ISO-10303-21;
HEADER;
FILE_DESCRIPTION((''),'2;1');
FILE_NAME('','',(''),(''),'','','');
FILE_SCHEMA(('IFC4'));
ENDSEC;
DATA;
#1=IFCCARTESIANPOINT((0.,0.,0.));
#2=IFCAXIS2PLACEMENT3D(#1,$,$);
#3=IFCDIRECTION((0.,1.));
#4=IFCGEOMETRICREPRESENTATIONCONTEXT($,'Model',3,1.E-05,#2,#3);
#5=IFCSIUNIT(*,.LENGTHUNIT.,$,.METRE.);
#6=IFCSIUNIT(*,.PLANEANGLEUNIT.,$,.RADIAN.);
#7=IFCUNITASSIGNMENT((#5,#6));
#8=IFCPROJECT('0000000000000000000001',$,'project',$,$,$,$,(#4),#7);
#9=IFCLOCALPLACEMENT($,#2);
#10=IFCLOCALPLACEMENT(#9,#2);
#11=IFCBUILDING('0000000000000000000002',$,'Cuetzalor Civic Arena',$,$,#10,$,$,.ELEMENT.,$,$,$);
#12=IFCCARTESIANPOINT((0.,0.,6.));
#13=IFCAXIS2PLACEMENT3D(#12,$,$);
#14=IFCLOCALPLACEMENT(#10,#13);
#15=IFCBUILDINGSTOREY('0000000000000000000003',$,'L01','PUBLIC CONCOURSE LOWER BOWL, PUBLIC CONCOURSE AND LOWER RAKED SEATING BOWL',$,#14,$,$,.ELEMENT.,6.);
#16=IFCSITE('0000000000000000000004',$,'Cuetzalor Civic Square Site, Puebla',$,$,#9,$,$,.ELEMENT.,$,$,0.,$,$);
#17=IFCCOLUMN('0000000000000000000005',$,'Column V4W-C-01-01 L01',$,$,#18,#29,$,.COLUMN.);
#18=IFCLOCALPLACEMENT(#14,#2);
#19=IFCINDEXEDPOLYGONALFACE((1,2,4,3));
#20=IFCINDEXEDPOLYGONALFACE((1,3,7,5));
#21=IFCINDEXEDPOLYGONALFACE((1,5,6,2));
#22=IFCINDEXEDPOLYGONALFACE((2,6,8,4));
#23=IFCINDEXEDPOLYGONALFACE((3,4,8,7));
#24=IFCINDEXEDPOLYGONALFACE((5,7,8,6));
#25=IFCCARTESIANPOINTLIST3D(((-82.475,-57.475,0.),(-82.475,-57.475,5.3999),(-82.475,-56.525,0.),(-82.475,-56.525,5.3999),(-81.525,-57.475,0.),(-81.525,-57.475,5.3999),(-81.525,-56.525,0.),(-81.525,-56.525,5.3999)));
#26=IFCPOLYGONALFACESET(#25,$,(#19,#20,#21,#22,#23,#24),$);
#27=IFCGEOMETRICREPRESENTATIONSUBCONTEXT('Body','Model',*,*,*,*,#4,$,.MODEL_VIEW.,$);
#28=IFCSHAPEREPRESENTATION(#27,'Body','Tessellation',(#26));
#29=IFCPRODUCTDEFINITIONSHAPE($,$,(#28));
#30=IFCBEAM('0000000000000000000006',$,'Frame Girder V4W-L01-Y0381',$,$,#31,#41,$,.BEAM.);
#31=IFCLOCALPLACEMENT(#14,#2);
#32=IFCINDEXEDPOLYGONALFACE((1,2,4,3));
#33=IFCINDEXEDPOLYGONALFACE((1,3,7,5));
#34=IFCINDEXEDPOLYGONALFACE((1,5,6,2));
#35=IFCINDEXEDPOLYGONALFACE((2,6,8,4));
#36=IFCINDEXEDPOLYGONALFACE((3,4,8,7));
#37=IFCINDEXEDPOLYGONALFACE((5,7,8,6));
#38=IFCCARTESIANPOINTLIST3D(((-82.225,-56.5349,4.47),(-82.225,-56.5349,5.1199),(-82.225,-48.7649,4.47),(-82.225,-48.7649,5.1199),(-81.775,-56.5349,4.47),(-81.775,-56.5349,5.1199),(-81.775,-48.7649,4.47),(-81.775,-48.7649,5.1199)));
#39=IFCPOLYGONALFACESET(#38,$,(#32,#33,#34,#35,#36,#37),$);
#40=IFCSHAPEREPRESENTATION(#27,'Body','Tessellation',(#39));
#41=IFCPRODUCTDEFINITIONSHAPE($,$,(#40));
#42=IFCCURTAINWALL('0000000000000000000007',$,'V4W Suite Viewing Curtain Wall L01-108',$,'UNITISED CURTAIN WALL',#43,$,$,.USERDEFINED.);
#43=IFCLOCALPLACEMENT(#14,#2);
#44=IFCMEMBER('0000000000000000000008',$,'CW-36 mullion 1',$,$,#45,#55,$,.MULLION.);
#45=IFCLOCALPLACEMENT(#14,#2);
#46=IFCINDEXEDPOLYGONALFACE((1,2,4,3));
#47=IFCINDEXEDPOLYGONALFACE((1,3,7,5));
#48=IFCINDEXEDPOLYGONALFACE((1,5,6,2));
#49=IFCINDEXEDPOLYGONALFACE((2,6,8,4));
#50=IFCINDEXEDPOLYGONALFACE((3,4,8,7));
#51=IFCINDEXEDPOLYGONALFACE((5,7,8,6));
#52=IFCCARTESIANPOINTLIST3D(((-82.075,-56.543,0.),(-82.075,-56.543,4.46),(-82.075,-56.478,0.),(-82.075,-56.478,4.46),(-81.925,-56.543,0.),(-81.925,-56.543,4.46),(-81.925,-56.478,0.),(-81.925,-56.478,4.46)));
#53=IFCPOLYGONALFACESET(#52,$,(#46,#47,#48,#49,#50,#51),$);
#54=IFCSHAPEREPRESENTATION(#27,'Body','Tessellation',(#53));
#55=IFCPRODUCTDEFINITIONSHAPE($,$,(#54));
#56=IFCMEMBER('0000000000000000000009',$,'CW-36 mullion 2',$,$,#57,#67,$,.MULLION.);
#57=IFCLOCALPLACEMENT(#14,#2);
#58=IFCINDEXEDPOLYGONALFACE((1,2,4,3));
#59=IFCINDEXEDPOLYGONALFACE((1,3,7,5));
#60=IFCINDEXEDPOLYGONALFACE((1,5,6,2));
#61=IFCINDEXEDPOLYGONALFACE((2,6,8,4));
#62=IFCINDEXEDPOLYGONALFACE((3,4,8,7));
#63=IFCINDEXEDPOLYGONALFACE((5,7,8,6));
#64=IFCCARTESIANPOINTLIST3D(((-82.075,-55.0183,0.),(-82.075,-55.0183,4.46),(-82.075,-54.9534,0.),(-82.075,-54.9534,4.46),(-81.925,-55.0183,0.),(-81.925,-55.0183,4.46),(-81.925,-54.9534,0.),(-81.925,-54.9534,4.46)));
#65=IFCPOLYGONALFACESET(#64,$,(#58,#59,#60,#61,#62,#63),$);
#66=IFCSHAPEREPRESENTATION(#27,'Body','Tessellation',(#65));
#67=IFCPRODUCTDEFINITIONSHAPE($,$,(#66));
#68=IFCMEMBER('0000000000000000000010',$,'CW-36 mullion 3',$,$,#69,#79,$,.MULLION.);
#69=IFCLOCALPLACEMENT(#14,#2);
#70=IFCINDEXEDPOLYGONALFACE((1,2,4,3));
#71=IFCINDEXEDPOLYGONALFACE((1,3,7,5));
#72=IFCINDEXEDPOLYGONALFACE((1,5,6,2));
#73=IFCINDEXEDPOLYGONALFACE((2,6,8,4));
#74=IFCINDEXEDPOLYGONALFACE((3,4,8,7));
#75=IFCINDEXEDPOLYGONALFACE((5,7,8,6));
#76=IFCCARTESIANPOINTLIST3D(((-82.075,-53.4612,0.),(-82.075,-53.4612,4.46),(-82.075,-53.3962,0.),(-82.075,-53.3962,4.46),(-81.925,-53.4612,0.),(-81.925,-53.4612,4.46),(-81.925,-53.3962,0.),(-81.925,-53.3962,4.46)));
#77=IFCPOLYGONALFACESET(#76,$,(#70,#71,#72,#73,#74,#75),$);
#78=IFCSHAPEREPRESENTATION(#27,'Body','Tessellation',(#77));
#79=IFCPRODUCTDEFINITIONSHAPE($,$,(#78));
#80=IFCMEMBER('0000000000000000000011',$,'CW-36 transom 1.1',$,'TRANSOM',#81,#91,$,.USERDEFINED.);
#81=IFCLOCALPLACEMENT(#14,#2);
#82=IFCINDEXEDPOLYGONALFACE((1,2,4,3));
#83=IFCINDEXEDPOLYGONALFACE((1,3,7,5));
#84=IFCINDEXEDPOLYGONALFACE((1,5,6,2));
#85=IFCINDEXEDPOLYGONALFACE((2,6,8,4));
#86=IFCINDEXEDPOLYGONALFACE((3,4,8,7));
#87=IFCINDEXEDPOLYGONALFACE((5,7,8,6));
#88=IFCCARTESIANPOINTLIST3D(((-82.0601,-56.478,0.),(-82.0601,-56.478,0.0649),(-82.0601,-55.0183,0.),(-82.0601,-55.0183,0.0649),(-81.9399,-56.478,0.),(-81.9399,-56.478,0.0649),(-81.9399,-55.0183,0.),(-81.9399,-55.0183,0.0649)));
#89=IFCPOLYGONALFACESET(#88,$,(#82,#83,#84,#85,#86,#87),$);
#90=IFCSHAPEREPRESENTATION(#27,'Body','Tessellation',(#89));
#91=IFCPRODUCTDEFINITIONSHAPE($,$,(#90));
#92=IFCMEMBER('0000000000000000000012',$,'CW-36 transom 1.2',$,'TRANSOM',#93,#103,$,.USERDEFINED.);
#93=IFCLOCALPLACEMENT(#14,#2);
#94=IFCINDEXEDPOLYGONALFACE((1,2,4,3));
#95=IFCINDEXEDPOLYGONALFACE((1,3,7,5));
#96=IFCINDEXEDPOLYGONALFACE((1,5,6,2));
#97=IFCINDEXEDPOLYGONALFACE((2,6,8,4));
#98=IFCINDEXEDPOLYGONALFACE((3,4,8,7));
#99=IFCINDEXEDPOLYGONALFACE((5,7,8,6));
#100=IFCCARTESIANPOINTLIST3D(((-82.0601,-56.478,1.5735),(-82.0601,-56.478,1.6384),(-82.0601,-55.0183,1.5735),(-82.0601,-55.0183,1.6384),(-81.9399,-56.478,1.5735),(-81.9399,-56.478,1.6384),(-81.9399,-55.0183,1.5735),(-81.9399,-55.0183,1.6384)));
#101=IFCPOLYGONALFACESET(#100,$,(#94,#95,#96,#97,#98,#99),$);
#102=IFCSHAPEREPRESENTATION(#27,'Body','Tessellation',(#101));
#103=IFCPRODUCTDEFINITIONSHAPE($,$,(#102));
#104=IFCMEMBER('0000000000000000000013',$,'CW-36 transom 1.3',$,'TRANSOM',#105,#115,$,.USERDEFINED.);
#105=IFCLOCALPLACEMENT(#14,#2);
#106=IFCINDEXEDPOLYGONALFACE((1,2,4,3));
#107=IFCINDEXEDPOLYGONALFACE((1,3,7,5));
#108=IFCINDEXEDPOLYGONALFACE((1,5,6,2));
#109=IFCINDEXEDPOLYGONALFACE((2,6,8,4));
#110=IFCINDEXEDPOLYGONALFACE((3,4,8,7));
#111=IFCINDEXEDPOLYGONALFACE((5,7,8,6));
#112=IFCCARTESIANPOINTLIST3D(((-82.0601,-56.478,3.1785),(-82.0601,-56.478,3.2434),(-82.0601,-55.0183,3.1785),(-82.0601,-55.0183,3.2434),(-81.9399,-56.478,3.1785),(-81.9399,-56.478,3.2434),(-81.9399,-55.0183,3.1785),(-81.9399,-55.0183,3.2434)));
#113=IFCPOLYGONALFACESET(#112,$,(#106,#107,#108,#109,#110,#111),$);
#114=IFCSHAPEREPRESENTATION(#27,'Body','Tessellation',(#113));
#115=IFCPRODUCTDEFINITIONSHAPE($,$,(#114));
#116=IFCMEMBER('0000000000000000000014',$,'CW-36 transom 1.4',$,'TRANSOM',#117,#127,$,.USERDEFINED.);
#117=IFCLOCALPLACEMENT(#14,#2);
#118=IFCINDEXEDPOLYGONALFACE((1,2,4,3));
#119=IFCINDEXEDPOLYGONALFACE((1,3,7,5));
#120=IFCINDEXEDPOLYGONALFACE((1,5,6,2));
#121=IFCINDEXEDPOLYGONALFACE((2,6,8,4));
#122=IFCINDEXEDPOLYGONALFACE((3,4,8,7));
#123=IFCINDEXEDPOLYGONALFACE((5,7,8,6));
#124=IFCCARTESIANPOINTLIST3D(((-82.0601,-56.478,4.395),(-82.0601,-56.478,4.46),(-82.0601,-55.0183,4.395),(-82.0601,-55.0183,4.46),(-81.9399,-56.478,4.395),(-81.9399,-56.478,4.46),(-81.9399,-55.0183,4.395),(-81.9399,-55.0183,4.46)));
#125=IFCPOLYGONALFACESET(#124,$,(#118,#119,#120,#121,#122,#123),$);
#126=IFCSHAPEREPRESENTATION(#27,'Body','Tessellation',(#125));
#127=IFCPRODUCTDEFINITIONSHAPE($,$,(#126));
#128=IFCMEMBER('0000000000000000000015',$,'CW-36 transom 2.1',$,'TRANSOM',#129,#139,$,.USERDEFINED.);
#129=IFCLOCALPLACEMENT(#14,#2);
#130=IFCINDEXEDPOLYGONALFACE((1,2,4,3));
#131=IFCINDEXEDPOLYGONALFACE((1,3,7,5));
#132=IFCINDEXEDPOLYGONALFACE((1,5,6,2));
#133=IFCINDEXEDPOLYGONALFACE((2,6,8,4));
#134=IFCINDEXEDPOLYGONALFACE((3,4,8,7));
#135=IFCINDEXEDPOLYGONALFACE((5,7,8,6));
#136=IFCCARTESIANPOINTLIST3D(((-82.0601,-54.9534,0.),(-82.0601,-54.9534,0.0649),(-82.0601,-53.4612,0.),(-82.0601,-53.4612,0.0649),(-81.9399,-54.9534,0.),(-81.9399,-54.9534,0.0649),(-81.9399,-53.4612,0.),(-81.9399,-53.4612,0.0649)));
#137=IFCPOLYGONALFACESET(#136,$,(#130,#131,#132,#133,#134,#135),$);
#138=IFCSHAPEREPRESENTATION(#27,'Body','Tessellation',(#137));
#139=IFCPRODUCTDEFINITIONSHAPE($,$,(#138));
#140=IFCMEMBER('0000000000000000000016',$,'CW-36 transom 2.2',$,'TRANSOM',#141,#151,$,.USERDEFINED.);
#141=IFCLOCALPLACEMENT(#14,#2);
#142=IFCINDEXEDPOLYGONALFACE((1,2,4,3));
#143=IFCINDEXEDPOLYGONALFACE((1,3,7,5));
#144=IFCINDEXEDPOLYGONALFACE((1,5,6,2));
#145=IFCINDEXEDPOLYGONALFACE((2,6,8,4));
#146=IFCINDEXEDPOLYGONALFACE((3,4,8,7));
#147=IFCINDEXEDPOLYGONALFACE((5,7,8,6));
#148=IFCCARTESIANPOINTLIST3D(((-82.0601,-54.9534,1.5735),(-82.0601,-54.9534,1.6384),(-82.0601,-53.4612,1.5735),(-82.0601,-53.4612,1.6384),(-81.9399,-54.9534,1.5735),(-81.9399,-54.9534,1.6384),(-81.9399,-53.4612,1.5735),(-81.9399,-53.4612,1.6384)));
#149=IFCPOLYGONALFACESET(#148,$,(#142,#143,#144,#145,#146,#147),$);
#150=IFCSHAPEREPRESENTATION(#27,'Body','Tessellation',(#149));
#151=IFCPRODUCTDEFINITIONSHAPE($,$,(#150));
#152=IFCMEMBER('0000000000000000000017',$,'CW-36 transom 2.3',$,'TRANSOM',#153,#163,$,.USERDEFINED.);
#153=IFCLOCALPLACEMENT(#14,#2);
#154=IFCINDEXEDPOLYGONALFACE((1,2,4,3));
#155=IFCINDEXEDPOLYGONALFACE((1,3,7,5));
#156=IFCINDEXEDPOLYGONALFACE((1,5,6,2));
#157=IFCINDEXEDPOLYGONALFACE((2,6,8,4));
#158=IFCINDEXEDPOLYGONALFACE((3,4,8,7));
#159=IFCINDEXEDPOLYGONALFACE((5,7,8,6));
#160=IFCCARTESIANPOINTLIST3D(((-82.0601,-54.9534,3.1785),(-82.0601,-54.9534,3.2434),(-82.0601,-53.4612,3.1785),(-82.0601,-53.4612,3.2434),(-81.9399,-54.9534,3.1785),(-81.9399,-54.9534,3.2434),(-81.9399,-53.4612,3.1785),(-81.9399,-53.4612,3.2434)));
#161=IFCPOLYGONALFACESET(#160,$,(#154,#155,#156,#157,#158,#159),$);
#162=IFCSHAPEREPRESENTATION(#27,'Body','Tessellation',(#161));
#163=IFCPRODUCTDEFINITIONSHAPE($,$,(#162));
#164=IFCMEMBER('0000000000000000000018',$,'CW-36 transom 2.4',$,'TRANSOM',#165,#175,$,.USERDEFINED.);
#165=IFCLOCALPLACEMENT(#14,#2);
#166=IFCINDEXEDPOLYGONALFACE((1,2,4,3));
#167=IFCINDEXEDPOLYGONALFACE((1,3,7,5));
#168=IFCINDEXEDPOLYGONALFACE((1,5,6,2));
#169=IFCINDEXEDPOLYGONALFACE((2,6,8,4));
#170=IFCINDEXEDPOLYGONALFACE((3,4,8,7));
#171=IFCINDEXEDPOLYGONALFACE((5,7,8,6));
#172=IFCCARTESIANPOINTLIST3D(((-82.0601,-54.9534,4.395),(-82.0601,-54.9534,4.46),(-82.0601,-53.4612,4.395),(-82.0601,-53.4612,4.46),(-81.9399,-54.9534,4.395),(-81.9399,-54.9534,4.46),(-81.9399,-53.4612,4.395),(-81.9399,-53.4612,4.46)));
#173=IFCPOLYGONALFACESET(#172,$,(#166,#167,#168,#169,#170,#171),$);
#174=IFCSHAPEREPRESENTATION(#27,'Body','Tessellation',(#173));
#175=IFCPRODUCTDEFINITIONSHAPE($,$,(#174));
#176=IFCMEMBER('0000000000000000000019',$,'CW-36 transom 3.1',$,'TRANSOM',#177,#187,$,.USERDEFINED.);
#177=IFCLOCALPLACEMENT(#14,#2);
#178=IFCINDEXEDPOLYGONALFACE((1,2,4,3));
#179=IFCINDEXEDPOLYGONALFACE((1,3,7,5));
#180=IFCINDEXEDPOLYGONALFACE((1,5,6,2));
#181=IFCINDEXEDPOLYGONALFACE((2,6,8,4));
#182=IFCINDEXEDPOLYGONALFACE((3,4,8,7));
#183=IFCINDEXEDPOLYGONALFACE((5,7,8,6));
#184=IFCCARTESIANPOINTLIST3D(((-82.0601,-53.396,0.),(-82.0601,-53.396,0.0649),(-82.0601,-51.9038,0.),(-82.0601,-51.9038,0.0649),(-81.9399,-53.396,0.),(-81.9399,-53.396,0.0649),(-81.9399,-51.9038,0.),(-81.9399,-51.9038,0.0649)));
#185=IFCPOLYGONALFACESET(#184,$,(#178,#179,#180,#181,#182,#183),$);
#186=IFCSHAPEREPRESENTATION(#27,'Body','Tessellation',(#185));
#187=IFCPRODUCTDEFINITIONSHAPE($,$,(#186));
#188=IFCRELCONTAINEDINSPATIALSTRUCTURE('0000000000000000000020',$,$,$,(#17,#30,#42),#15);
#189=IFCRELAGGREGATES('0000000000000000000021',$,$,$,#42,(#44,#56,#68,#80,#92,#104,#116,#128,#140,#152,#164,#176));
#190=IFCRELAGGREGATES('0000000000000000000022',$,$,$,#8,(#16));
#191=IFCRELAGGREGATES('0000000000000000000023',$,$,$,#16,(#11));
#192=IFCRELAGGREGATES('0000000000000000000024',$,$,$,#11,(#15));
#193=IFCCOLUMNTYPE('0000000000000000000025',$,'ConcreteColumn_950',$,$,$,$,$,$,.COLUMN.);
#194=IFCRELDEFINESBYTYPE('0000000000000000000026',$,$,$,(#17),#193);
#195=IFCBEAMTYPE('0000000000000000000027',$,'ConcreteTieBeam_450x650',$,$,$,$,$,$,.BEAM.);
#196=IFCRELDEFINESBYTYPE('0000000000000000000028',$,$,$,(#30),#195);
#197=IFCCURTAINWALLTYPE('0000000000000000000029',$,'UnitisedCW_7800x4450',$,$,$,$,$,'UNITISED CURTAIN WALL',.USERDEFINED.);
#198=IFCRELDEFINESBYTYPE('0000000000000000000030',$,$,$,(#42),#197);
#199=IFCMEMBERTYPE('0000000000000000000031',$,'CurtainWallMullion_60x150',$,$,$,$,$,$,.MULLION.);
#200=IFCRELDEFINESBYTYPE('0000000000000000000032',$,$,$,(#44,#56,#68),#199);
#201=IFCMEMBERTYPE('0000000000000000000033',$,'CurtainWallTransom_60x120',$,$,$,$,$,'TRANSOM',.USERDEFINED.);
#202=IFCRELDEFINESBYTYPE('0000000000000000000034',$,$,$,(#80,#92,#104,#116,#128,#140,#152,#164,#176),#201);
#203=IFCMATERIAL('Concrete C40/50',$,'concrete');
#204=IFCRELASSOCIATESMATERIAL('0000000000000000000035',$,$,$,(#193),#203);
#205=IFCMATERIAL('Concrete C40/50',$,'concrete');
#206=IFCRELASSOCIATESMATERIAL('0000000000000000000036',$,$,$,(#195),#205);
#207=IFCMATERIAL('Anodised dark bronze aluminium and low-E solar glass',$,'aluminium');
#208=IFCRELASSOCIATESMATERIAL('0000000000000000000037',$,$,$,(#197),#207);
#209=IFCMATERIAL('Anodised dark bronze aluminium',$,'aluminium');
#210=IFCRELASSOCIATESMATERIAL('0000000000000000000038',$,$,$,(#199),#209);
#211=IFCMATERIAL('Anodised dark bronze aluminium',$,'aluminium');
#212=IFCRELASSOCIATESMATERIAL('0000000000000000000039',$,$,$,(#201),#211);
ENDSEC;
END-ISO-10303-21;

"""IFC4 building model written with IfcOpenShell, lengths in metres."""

from ifc_helpers import new_model, si_unit, direction, frame, origin, origin_2d, place, context, subcontext, project, spatial, rectangle, extrude, material, material_profile, profile_set, type_object, element, aggregate, save


model = new_model("IFC4")

# Units and contexts
model_context = context("Model", 3, precision=1e-05, world=origin(), true_north=direction((0.0, 1.0)))
body_context = subcontext(model_context, "Body", "Model", "MODEL_VIEW")
ifc_project = project(units=[si_unit("LENGTHUNIT", "METRE"), si_unit("PLANEANGLEUNIT", "RADIAN")], contexts=[model_context])

# Site, building, storey
site_placement = place(None, origin())
site = spatial("IfcSite", under=ifc_project, at=site_placement, Name="Cuetzalor Civic Square Site, Puebla", CompositionType="ELEMENT", RefElevation=0.0)
building_placement = place(site_placement, origin())
building = spatial("IfcBuilding", under=site, at=building_placement, Name="Cuetzalor Civic Arena", CompositionType="ELEMENT")
storey_placement = place(building_placement, frame((0.0, 0.0, 6.0)))
storey = spatial("IfcBuildingStorey", under=building, at=storey_placement, Name="L01", Description="PUBLIC CONCOURSE LOWER BOWL, PUBLIC CONCOURSE AND LOWER RAKED SEATING BOWL", CompositionType="ELEMENT", Elevation=6.0)

# Column
ifc_material_1 = material(Name="Concrete C40/50", Category="concrete")
ifc_material_profile_1 = material_profile(ifc_material_1, rectangle(XDim=0.95, YDim=0.95, at=origin_2d()), Name="RC 950x950")
ifc_profile_set_1 = profile_set([ifc_material_profile_1], Name="Concrete C40/50")
column_type = type_object("IfcColumnType", Name="ConcreteColumn_950", PredefinedType="COLUMN", material=ifc_profile_set_1)
column_placement = place(storey_placement, frame((-82.0, -57.0, 0.0), z_axis=(0.0, 0.0, 1.0), x_axis=(1.0, 0.0, 0.0)))
element("IfcColumn", 1, at=column_placement, inside=storey, type_object=column_type, Name="Column V4W-C-01-01 L01", PredefinedType="COLUMN", context=body_context, shape_type="SweptSolid", body=[
    extrude(rectangle(XDim=0.95, YDim=0.95, at=origin_2d()), origin(), (0.0, 0.0, 1.0), 5.3999),
])

# Beam
ifc_material_2 = material(Name="Concrete C40/50", Category="concrete")
ifc_material_profile_2 = material_profile(ifc_material_2, rectangle(XDim=0.45, YDim=0.6499, at=origin_2d()), Name="RC 450x650")
ifc_profile_set_2 = profile_set([ifc_material_profile_2], Name="Concrete C40/50")
beam_type = type_object("IfcBeamType", Name="ConcreteTieBeam_450x650", PredefinedType="BEAM", material=ifc_profile_set_2)
beam_placement = place(storey_placement, frame((-82.0, -56.5349, 4.7949), z_axis=(0.0, 1.0, 0.0), x_axis=(-1.0, 0.0, 0.0)))
element("IfcBeam", 2, at=beam_placement, inside=storey, type_object=beam_type, Name="Frame Girder V4W-L01-Y0381", PredefinedType="BEAM", context=body_context, shape_type="SweptSolid", body=[
    extrude(rectangle(XDim=0.45, YDim=0.6499, at=origin_2d()), origin(), (0.0, 0.0, 1.0), 7.77),
])

# Curtain wall, members
ifc_material_3 = material(Name="Anodised dark bronze aluminium and low-E solar glass", Category="aluminium")
curtain_wall_type = type_object("IfcCurtainWallType", Name="UnitisedCW_7800x4450", ElementType="UNITISED CURTAIN WALL", PredefinedType="USERDEFINED", material=ifc_material_3)
curtain_wall_placement = place(storey_placement, origin())
curtain_wall = element("IfcCurtainWall", 3, at=curtain_wall_placement, inside=storey, type_object=curtain_wall_type, Name="V4W Suite Viewing Curtain Wall L01-108", ObjectType="UNITISED CURTAIN WALL", PredefinedType="USERDEFINED")
ifc_material_4 = material(Name="Anodised dark bronze aluminium", Category="aluminium")
ifc_material_profile_3 = material_profile(ifc_material_4, rectangle(XDim=0.0649, YDim=0.1499, at=origin_2d()), Name="ALU MULLION 65x150")
ifc_profile_set_3 = profile_set([ifc_material_profile_3], Name="Anodised dark bronze aluminium")
member_type_1 = type_object("IfcMemberType", Name="CurtainWallMullion_60x150", PredefinedType="MULLION", material=ifc_profile_set_3)
member_1_placement = place(storey_placement, frame((-82.0, -56.5105, 0.0), z_axis=(0.0, 0.0, 1.0), x_axis=(0.0, 1.0, 0.0)))
member_1 = element("IfcMember", 4, at=member_1_placement, type_object=member_type_1, Name="CW-36 mullion 1", PredefinedType="MULLION", context=body_context, shape_type="SweptSolid", body=[
    extrude(rectangle(XDim=0.0649, YDim=0.1499, at=origin_2d()), origin(), (0.0, 0.0, 1.0), 4.46),
])
member_2_placement = place(storey_placement, frame((-82.0, -54.9858, 0.0), z_axis=(0.0, 0.0, 1.0), x_axis=(0.0, 1.0, 0.0)))
member_2 = element("IfcMember", 5, at=member_2_placement, type_object=member_type_1, Name="CW-36 mullion 2", PredefinedType="MULLION", context=body_context, shape_type="SweptSolid", body=[
    extrude(rectangle(XDim=0.0649, YDim=0.1499, at=origin_2d()), origin(), (0.0, 0.0, 1.0), 4.46),
])
member_3_placement = place(storey_placement, frame((-82.0, -53.4287, 0.0), z_axis=(0.0, 0.0, 1.0), x_axis=(0.0, 1.0, 0.0)))
member_3 = element("IfcMember", 6, at=member_3_placement, type_object=member_type_1, Name="CW-36 mullion 3", PredefinedType="MULLION", context=body_context, shape_type="SweptSolid", body=[
    extrude(rectangle(XDim=0.0649, YDim=0.1499, at=origin_2d()), origin(), (0.0, 0.0, 1.0), 4.46),
])
ifc_material_5 = material(Name="Anodised dark bronze aluminium", Category="aluminium")
ifc_material_profile_4 = material_profile(ifc_material_5, rectangle(XDim=0.1201, YDim=0.0649, at=origin_2d()), Name="ALU TRANSOM 65x120")
ifc_profile_set_4 = profile_set([ifc_material_profile_4], Name="Anodised dark bronze aluminium")
member_type_2 = type_object("IfcMemberType", Name="CurtainWallTransom_60x120", ElementType="TRANSOM", PredefinedType="USERDEFINED", material=ifc_profile_set_4)
member_4_placement = place(storey_placement, frame((-82.0, -56.478, 0.0325), z_axis=(0.0, 1.0, 0.0), x_axis=(-1.0, 0.0, 0.0)))
member_4 = element("IfcMember", 7, at=member_4_placement, type_object=member_type_2, Name="CW-36 transom 1.1", ObjectType="TRANSOM", PredefinedType="USERDEFINED", context=body_context, shape_type="SweptSolid", body=[
    extrude(rectangle(XDim=0.1201, YDim=0.0649, at=origin_2d()), origin(), (0.0, 0.0, 1.0), 1.4597),
])
member_5_placement = place(storey_placement, frame((-82.0, -56.478, 1.606), z_axis=(0.0, 1.0, 0.0), x_axis=(-1.0, 0.0, 0.0)))
member_5 = element("IfcMember", 8, at=member_5_placement, type_object=member_type_2, Name="CW-36 transom 1.2", ObjectType="TRANSOM", PredefinedType="USERDEFINED", context=body_context, shape_type="SweptSolid", body=[
    extrude(rectangle(XDim=0.1201, YDim=0.0649, at=origin_2d()), origin(), (0.0, 0.0, 1.0), 1.4597),
])
member_6_placement = place(storey_placement, frame((-82.0, -56.478, 3.2109), z_axis=(0.0, 1.0, 0.0), x_axis=(-1.0, 0.0, 0.0)))
member_6 = element("IfcMember", 9, at=member_6_placement, type_object=member_type_2, Name="CW-36 transom 1.3", ObjectType="TRANSOM", PredefinedType="USERDEFINED", context=body_context, shape_type="SweptSolid", body=[
    extrude(rectangle(XDim=0.1201, YDim=0.0649, at=origin_2d()), origin(), (0.0, 0.0, 1.0), 1.4597),
])
member_7_placement = place(storey_placement, frame((-82.0, -56.478, 4.4275), z_axis=(0.0, 1.0, 0.0), x_axis=(-1.0, 0.0, 0.0)))
member_7 = element("IfcMember", 10, at=member_7_placement, type_object=member_type_2, Name="CW-36 transom 1.4", ObjectType="TRANSOM", PredefinedType="USERDEFINED", context=body_context, shape_type="SweptSolid", body=[
    extrude(rectangle(XDim=0.1201, YDim=0.0649, at=origin_2d()), origin(), (0.0, 0.0, 1.0), 1.4597),
])
member_8_placement = place(storey_placement, frame((-82.0, -54.9534, 0.0325), z_axis=(0.0, 1.0, 0.0), x_axis=(-1.0, 0.0, 0.0)))
member_8 = element("IfcMember", 11, at=member_8_placement, type_object=member_type_2, Name="CW-36 transom 2.1", ObjectType="TRANSOM", PredefinedType="USERDEFINED", context=body_context, shape_type="SweptSolid", body=[
    extrude(rectangle(XDim=0.1201, YDim=0.0649, at=origin_2d()), origin(), (0.0, 0.0, 1.0), 1.4922),
])
member_9_placement = place(storey_placement, frame((-82.0, -54.9534, 1.606), z_axis=(0.0, 1.0, 0.0), x_axis=(-1.0, 0.0, 0.0)))
member_9 = element("IfcMember", 12, at=member_9_placement, type_object=member_type_2, Name="CW-36 transom 2.2", ObjectType="TRANSOM", PredefinedType="USERDEFINED", context=body_context, shape_type="SweptSolid", body=[
    extrude(rectangle(XDim=0.1201, YDim=0.0649, at=origin_2d()), origin(), (0.0, 0.0, 1.0), 1.4922),
])
member_10_placement = place(storey_placement, frame((-82.0, -54.9534, 3.2109), z_axis=(0.0, 1.0, 0.0), x_axis=(-1.0, 0.0, 0.0)))
member_10 = element("IfcMember", 13, at=member_10_placement, type_object=member_type_2, Name="CW-36 transom 2.3", ObjectType="TRANSOM", PredefinedType="USERDEFINED", context=body_context, shape_type="SweptSolid", body=[
    extrude(rectangle(XDim=0.1201, YDim=0.0649, at=origin_2d()), origin(), (0.0, 0.0, 1.0), 1.4922),
])
member_11_placement = place(storey_placement, frame((-82.0, -54.9534, 4.4275), z_axis=(0.0, 1.0, 0.0), x_axis=(-1.0, 0.0, 0.0)))
member_11 = element("IfcMember", 14, at=member_11_placement, type_object=member_type_2, Name="CW-36 transom 2.4", ObjectType="TRANSOM", PredefinedType="USERDEFINED", context=body_context, shape_type="SweptSolid", body=[
    extrude(rectangle(XDim=0.1201, YDim=0.0649, at=origin_2d()), origin(), (0.0, 0.0, 1.0), 1.4922),
])
member_12_placement = place(storey_placement, frame((-82.0, -53.396, 0.0325), z_axis=(0.0, 1.0, 0.0), x_axis=(-1.0, 0.0, 0.0)))
member_12 = element("IfcMember", 15, at=member_12_placement, type_object=member_type_2, Name="CW-36 transom 3.1", ObjectType="TRANSOM", PredefinedType="USERDEFINED", context=body_context, shape_type="SweptSolid", body=[
    extrude(rectangle(XDim=0.1201, YDim=0.0649, at=origin_2d()), origin(), (0.0, 0.0, 1.0), 1.4922),
])
aggregate(curtain_wall, [member_1, member_2, member_3, member_4, member_5, member_6, member_7, member_8, member_9, member_10, member_11, member_12])

save(model, "model.ifc")
